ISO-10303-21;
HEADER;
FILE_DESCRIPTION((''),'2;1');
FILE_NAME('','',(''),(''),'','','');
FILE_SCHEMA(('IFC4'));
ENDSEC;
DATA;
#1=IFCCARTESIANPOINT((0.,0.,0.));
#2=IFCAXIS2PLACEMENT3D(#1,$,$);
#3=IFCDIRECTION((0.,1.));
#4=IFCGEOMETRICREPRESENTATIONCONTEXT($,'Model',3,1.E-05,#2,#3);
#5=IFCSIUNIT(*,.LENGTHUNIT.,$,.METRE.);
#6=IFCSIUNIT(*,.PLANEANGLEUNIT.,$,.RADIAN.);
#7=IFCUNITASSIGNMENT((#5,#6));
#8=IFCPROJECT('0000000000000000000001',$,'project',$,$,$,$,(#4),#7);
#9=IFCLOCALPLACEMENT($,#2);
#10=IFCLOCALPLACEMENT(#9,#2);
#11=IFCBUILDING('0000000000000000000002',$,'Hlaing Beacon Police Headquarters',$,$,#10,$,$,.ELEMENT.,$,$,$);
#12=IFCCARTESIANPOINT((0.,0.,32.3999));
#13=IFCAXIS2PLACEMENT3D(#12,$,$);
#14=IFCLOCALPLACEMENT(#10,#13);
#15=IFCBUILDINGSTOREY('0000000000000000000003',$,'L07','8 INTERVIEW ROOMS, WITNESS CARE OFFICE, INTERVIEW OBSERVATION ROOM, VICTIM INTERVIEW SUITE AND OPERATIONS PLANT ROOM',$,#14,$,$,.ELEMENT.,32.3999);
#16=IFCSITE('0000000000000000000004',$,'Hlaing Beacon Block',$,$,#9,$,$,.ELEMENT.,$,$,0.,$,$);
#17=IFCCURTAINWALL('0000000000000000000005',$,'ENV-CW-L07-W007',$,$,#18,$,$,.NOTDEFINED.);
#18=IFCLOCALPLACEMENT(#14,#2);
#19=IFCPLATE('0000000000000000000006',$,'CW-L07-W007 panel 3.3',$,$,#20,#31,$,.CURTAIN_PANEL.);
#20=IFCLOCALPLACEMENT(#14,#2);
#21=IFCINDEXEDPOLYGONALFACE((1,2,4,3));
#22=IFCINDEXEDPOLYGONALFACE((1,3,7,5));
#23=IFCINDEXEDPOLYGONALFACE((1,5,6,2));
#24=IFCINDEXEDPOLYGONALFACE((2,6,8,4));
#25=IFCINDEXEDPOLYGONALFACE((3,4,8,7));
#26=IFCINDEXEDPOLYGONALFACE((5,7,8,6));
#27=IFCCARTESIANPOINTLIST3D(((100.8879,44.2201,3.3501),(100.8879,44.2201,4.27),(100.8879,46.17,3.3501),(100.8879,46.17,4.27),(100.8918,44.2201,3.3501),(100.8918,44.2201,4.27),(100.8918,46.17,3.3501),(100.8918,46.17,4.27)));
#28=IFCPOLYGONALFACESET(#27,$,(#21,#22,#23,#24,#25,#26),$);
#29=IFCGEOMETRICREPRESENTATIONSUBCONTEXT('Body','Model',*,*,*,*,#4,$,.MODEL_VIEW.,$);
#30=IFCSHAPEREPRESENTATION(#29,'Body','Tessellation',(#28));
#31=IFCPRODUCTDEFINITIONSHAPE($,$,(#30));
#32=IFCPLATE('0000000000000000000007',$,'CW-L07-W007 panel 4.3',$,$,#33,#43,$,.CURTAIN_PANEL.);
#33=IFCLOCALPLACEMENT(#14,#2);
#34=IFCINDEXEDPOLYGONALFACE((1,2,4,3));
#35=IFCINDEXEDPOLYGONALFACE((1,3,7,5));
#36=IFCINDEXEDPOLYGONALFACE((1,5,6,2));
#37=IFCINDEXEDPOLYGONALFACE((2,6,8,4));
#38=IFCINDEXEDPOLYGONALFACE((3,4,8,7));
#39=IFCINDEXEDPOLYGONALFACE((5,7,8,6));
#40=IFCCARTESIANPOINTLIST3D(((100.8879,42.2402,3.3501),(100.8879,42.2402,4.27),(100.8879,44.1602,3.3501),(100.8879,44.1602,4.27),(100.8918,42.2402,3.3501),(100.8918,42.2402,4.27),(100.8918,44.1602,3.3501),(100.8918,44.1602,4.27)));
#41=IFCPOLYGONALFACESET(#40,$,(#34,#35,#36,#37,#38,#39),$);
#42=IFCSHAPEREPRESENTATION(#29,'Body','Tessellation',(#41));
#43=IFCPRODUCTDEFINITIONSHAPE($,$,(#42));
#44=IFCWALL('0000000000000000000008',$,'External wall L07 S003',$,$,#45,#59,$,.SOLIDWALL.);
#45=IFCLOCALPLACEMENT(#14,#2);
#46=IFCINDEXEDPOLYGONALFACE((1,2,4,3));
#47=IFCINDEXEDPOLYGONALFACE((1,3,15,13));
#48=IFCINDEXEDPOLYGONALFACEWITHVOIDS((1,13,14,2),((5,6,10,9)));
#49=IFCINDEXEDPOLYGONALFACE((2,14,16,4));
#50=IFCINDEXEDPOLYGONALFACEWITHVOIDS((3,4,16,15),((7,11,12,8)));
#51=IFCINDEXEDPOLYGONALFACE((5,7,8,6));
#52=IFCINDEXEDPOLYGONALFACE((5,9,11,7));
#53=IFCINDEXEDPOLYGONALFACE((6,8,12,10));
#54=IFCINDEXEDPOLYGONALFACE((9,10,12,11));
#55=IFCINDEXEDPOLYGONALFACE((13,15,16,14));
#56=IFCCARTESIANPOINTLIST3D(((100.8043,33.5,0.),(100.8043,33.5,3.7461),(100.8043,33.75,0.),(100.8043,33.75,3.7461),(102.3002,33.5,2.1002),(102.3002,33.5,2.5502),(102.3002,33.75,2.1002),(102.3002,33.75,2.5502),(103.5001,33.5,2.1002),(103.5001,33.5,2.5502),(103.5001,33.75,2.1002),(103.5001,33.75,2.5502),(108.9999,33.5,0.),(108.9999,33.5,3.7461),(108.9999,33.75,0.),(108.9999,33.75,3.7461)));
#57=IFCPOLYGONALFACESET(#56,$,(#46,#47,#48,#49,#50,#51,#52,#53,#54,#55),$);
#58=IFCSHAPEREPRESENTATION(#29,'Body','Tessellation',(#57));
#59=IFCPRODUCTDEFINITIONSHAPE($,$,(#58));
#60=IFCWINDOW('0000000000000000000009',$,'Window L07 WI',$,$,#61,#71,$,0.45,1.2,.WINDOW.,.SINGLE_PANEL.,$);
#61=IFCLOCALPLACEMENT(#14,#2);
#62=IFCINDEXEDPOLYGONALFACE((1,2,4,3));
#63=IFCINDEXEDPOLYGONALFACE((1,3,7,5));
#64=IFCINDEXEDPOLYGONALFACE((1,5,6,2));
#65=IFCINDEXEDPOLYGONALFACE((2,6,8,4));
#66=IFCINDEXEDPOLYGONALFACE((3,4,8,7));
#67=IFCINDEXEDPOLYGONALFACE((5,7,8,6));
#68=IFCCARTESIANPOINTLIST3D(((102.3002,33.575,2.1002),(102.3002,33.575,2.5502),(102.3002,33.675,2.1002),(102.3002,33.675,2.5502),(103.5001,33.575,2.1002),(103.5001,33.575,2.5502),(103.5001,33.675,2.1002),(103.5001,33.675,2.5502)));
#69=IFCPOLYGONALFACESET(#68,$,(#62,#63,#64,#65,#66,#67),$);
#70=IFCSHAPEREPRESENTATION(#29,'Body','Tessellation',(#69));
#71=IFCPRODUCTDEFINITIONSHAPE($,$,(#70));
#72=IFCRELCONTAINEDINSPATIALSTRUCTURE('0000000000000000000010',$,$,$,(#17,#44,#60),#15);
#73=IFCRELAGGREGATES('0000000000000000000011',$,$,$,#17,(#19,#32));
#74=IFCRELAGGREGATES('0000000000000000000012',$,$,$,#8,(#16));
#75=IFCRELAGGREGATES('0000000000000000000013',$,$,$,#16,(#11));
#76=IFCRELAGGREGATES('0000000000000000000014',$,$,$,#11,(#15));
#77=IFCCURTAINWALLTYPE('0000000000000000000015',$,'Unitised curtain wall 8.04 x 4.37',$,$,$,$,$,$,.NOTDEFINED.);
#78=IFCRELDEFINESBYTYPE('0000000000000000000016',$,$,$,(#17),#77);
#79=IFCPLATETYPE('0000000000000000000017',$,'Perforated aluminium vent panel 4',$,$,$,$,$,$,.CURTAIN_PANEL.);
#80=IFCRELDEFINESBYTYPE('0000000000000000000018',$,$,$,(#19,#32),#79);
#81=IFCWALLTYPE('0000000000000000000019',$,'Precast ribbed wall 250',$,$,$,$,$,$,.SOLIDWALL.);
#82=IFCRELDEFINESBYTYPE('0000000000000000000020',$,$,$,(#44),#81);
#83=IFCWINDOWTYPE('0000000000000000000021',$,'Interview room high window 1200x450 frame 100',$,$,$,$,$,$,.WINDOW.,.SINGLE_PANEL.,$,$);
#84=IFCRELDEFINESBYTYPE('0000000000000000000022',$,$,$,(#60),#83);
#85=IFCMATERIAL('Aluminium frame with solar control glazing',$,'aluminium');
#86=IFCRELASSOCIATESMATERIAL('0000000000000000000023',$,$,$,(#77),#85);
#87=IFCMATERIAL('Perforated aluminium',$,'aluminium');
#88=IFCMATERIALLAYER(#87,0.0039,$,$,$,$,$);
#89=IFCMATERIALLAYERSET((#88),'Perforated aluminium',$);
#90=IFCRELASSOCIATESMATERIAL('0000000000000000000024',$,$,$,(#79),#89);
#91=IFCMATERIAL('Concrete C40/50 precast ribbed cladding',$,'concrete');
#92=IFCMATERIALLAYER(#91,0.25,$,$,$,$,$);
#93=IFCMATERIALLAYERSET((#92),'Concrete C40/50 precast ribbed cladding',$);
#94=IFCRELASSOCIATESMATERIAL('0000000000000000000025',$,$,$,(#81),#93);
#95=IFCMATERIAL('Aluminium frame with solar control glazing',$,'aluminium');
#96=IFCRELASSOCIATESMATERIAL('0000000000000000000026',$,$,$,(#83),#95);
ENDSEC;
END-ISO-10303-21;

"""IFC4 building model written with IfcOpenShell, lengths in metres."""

from ifc_helpers import new_model, si_unit, direction, frame, frame_2d, origin, origin_2d, place, context, subcontext, project, spatial, rectangle, extrude, material, layer, layer_set, type_object, element, fill, aggregate, save


model = new_model("IFC4")

# Units and contexts
model_context = context("Model", 3, precision=1e-05, world=origin(), true_north=direction((0.0, 1.0)))
body_context = subcontext(model_context, "Body", "Model", "MODEL_VIEW")
ifc_project = project(units=[si_unit("LENGTHUNIT", "METRE"), si_unit("PLANEANGLEUNIT", "RADIAN")], contexts=[model_context])

# Site, building, storey
site_placement = place(None, origin())
site = spatial("IfcSite", under=ifc_project, at=site_placement, Name="Hlaing Beacon Block", CompositionType="ELEMENT", RefElevation=0.0)
building_placement = place(site_placement, origin())
building = spatial("IfcBuilding", under=site, at=building_placement, Name="Hlaing Beacon Police Headquarters", CompositionType="ELEMENT")
storey_placement = place(building_placement, frame((0.0, 0.0, 32.3999)))
storey = spatial("IfcBuildingStorey", under=building, at=storey_placement, Name="L07", Description="8 INTERVIEW ROOMS, WITNESS CARE OFFICE, INTERVIEW OBSERVATION ROOM, VICTIM INTERVIEW SUITE AND OPERATIONS PLANT ROOM", CompositionType="ELEMENT", Elevation=32.3999)

# Curtain wall
ifc_material_1 = material(Name="Aluminium frame with solar control glazing", Category="aluminium")
curtain_wall_type = type_object("IfcCurtainWallType", Name="Unitised curtain wall 8.04 x 4.37", PredefinedType="NOTDEFINED", material=ifc_material_1)
curtain_wall_1_placement = place(storey_placement, origin())
curtain_wall_1 = element("IfcCurtainWall", 1, at=curtain_wall_1_placement, inside=storey, type_object=curtain_wall_type, Name="ENV-CW-L07-W007", PredefinedType="NOTDEFINED")

# Plates
ifc_material_2 = material(Name="Perforated aluminium", Category="aluminium")
ifc_layer_1 = layer(ifc_material_2, 0.0039)
ifc_layer_set_1 = layer_set([ifc_layer_1], Name="Perforated aluminium")
plate_type_1 = type_object("IfcPlateType", Name="Perforated aluminium vent panel 4", PredefinedType="CURTAIN_PANEL", material=ifc_layer_set_1)
plate_1_placement = place(storey_placement, frame((100.8899, 45.1951, 3.3501), z_axis=(0.0, 0.0, 1.0), x_axis=(0.0, -1.0, 0.0)))
plate_1 = element("IfcPlate", 2, at=plate_1_placement, type_object=plate_type_1, Name="CW-L07-W007 panel 3.3", PredefinedType="CURTAIN_PANEL", context=body_context, shape_type="SweptSolid", body=[
    extrude(rectangle(XDim=1.95, YDim=0.0039, at=origin_2d()), origin(), (0.0, 0.0, 1.0), 0.9199),
])
plate_2_placement = place(storey_placement, frame((100.8899, 43.2002, 3.3501), z_axis=(0.0, 0.0, 1.0), x_axis=(0.0, -1.0, 0.0)))
plate_2 = element("IfcPlate", 3, at=plate_2_placement, type_object=plate_type_1, Name="CW-L07-W007 panel 4.3", PredefinedType="CURTAIN_PANEL", context=body_context, shape_type="SweptSolid", body=[
    extrude(rectangle(XDim=1.9199, YDim=0.0039, at=origin_2d()), origin(), (0.0, 0.0, 1.0), 0.9199),
])
aggregate(curtain_wall_1, [plate_1, plate_2])

# Wall, opening, window
ifc_material_3 = material(Name="Concrete C40/50 precast ribbed cladding", Category="concrete")
ifc_layer_2 = layer(ifc_material_3, 0.25)
ifc_layer_set_2 = layer_set([ifc_layer_2], Name="Concrete C40/50 precast ribbed cladding")
wall_type = type_object("IfcWallType", Name="Precast ribbed wall 250", PredefinedType="SOLIDWALL", material=ifc_layer_set_2)
wall_placement = place(storey_placement, frame((100.8044, 33.625, 0.0), z_axis=(0.0, 0.0, 1.0), x_axis=(1.0, 0.0, 0.0)))
wall = element("IfcWall", 4, at=wall_placement, inside=storey, type_object=wall_type, Name="External wall L07 S003", PredefinedType="SOLIDWALL", context=body_context, shape_type="SweptSolid", body=[
    extrude(rectangle(XDim=8.1956, YDim=0.25, at=frame_2d((4.0977, 0.0))), origin(), (0.0, 0.0, 1.0), 3.7461),
])
opening_placement = place(wall_placement, frame((1.4956, 0.0, 2.1001)))
opening = element("IfcOpeningElement", 5, at=opening_placement, cuts=wall, PredefinedType="OPENING", context=body_context, shape_type="SweptSolid", body=[
    extrude(rectangle(XDim=1.2, YDim=0.45, at=frame_2d((0.6001, 0.2251))), frame((0.0, 0.135, 0.0), z_axis=(0.0, -1.0, 0.0), x_axis=(1.0, 0.0, 0.0)), (0.0, 0.0, 1.0), 0.27),
])
ifc_material_4 = material(Name="Aluminium frame with solar control glazing", Category="aluminium")
window_type = type_object("IfcWindowType", Name="Interview room high window 1200x450 frame 100", PartitioningType="SINGLE_PANEL", PredefinedType="WINDOW", material=ifc_material_4)
window_placement = place(opening_placement, origin())
window = element("IfcWindow", 6, at=window_placement, inside=storey, type_object=window_type, Name="Window L07 WI", OverallHeight=0.45, OverallWidth=1.2, PartitioningType="SINGLE_PANEL", PredefinedType="WINDOW", context=body_context, shape_type="SweptSolid", body=[
    extrude(rectangle(XDim=1.2, YDim=0.45, at=frame_2d((0.6001, 0.2251))), frame((0.0, 0.05, 0.0), z_axis=(0.0, -1.0, 0.0), x_axis=(1.0, 0.0, 0.0)), (0.0, 0.0, 1.0), 0.1001),
])
fill(opening, window)

save(model, "model.ifc")
